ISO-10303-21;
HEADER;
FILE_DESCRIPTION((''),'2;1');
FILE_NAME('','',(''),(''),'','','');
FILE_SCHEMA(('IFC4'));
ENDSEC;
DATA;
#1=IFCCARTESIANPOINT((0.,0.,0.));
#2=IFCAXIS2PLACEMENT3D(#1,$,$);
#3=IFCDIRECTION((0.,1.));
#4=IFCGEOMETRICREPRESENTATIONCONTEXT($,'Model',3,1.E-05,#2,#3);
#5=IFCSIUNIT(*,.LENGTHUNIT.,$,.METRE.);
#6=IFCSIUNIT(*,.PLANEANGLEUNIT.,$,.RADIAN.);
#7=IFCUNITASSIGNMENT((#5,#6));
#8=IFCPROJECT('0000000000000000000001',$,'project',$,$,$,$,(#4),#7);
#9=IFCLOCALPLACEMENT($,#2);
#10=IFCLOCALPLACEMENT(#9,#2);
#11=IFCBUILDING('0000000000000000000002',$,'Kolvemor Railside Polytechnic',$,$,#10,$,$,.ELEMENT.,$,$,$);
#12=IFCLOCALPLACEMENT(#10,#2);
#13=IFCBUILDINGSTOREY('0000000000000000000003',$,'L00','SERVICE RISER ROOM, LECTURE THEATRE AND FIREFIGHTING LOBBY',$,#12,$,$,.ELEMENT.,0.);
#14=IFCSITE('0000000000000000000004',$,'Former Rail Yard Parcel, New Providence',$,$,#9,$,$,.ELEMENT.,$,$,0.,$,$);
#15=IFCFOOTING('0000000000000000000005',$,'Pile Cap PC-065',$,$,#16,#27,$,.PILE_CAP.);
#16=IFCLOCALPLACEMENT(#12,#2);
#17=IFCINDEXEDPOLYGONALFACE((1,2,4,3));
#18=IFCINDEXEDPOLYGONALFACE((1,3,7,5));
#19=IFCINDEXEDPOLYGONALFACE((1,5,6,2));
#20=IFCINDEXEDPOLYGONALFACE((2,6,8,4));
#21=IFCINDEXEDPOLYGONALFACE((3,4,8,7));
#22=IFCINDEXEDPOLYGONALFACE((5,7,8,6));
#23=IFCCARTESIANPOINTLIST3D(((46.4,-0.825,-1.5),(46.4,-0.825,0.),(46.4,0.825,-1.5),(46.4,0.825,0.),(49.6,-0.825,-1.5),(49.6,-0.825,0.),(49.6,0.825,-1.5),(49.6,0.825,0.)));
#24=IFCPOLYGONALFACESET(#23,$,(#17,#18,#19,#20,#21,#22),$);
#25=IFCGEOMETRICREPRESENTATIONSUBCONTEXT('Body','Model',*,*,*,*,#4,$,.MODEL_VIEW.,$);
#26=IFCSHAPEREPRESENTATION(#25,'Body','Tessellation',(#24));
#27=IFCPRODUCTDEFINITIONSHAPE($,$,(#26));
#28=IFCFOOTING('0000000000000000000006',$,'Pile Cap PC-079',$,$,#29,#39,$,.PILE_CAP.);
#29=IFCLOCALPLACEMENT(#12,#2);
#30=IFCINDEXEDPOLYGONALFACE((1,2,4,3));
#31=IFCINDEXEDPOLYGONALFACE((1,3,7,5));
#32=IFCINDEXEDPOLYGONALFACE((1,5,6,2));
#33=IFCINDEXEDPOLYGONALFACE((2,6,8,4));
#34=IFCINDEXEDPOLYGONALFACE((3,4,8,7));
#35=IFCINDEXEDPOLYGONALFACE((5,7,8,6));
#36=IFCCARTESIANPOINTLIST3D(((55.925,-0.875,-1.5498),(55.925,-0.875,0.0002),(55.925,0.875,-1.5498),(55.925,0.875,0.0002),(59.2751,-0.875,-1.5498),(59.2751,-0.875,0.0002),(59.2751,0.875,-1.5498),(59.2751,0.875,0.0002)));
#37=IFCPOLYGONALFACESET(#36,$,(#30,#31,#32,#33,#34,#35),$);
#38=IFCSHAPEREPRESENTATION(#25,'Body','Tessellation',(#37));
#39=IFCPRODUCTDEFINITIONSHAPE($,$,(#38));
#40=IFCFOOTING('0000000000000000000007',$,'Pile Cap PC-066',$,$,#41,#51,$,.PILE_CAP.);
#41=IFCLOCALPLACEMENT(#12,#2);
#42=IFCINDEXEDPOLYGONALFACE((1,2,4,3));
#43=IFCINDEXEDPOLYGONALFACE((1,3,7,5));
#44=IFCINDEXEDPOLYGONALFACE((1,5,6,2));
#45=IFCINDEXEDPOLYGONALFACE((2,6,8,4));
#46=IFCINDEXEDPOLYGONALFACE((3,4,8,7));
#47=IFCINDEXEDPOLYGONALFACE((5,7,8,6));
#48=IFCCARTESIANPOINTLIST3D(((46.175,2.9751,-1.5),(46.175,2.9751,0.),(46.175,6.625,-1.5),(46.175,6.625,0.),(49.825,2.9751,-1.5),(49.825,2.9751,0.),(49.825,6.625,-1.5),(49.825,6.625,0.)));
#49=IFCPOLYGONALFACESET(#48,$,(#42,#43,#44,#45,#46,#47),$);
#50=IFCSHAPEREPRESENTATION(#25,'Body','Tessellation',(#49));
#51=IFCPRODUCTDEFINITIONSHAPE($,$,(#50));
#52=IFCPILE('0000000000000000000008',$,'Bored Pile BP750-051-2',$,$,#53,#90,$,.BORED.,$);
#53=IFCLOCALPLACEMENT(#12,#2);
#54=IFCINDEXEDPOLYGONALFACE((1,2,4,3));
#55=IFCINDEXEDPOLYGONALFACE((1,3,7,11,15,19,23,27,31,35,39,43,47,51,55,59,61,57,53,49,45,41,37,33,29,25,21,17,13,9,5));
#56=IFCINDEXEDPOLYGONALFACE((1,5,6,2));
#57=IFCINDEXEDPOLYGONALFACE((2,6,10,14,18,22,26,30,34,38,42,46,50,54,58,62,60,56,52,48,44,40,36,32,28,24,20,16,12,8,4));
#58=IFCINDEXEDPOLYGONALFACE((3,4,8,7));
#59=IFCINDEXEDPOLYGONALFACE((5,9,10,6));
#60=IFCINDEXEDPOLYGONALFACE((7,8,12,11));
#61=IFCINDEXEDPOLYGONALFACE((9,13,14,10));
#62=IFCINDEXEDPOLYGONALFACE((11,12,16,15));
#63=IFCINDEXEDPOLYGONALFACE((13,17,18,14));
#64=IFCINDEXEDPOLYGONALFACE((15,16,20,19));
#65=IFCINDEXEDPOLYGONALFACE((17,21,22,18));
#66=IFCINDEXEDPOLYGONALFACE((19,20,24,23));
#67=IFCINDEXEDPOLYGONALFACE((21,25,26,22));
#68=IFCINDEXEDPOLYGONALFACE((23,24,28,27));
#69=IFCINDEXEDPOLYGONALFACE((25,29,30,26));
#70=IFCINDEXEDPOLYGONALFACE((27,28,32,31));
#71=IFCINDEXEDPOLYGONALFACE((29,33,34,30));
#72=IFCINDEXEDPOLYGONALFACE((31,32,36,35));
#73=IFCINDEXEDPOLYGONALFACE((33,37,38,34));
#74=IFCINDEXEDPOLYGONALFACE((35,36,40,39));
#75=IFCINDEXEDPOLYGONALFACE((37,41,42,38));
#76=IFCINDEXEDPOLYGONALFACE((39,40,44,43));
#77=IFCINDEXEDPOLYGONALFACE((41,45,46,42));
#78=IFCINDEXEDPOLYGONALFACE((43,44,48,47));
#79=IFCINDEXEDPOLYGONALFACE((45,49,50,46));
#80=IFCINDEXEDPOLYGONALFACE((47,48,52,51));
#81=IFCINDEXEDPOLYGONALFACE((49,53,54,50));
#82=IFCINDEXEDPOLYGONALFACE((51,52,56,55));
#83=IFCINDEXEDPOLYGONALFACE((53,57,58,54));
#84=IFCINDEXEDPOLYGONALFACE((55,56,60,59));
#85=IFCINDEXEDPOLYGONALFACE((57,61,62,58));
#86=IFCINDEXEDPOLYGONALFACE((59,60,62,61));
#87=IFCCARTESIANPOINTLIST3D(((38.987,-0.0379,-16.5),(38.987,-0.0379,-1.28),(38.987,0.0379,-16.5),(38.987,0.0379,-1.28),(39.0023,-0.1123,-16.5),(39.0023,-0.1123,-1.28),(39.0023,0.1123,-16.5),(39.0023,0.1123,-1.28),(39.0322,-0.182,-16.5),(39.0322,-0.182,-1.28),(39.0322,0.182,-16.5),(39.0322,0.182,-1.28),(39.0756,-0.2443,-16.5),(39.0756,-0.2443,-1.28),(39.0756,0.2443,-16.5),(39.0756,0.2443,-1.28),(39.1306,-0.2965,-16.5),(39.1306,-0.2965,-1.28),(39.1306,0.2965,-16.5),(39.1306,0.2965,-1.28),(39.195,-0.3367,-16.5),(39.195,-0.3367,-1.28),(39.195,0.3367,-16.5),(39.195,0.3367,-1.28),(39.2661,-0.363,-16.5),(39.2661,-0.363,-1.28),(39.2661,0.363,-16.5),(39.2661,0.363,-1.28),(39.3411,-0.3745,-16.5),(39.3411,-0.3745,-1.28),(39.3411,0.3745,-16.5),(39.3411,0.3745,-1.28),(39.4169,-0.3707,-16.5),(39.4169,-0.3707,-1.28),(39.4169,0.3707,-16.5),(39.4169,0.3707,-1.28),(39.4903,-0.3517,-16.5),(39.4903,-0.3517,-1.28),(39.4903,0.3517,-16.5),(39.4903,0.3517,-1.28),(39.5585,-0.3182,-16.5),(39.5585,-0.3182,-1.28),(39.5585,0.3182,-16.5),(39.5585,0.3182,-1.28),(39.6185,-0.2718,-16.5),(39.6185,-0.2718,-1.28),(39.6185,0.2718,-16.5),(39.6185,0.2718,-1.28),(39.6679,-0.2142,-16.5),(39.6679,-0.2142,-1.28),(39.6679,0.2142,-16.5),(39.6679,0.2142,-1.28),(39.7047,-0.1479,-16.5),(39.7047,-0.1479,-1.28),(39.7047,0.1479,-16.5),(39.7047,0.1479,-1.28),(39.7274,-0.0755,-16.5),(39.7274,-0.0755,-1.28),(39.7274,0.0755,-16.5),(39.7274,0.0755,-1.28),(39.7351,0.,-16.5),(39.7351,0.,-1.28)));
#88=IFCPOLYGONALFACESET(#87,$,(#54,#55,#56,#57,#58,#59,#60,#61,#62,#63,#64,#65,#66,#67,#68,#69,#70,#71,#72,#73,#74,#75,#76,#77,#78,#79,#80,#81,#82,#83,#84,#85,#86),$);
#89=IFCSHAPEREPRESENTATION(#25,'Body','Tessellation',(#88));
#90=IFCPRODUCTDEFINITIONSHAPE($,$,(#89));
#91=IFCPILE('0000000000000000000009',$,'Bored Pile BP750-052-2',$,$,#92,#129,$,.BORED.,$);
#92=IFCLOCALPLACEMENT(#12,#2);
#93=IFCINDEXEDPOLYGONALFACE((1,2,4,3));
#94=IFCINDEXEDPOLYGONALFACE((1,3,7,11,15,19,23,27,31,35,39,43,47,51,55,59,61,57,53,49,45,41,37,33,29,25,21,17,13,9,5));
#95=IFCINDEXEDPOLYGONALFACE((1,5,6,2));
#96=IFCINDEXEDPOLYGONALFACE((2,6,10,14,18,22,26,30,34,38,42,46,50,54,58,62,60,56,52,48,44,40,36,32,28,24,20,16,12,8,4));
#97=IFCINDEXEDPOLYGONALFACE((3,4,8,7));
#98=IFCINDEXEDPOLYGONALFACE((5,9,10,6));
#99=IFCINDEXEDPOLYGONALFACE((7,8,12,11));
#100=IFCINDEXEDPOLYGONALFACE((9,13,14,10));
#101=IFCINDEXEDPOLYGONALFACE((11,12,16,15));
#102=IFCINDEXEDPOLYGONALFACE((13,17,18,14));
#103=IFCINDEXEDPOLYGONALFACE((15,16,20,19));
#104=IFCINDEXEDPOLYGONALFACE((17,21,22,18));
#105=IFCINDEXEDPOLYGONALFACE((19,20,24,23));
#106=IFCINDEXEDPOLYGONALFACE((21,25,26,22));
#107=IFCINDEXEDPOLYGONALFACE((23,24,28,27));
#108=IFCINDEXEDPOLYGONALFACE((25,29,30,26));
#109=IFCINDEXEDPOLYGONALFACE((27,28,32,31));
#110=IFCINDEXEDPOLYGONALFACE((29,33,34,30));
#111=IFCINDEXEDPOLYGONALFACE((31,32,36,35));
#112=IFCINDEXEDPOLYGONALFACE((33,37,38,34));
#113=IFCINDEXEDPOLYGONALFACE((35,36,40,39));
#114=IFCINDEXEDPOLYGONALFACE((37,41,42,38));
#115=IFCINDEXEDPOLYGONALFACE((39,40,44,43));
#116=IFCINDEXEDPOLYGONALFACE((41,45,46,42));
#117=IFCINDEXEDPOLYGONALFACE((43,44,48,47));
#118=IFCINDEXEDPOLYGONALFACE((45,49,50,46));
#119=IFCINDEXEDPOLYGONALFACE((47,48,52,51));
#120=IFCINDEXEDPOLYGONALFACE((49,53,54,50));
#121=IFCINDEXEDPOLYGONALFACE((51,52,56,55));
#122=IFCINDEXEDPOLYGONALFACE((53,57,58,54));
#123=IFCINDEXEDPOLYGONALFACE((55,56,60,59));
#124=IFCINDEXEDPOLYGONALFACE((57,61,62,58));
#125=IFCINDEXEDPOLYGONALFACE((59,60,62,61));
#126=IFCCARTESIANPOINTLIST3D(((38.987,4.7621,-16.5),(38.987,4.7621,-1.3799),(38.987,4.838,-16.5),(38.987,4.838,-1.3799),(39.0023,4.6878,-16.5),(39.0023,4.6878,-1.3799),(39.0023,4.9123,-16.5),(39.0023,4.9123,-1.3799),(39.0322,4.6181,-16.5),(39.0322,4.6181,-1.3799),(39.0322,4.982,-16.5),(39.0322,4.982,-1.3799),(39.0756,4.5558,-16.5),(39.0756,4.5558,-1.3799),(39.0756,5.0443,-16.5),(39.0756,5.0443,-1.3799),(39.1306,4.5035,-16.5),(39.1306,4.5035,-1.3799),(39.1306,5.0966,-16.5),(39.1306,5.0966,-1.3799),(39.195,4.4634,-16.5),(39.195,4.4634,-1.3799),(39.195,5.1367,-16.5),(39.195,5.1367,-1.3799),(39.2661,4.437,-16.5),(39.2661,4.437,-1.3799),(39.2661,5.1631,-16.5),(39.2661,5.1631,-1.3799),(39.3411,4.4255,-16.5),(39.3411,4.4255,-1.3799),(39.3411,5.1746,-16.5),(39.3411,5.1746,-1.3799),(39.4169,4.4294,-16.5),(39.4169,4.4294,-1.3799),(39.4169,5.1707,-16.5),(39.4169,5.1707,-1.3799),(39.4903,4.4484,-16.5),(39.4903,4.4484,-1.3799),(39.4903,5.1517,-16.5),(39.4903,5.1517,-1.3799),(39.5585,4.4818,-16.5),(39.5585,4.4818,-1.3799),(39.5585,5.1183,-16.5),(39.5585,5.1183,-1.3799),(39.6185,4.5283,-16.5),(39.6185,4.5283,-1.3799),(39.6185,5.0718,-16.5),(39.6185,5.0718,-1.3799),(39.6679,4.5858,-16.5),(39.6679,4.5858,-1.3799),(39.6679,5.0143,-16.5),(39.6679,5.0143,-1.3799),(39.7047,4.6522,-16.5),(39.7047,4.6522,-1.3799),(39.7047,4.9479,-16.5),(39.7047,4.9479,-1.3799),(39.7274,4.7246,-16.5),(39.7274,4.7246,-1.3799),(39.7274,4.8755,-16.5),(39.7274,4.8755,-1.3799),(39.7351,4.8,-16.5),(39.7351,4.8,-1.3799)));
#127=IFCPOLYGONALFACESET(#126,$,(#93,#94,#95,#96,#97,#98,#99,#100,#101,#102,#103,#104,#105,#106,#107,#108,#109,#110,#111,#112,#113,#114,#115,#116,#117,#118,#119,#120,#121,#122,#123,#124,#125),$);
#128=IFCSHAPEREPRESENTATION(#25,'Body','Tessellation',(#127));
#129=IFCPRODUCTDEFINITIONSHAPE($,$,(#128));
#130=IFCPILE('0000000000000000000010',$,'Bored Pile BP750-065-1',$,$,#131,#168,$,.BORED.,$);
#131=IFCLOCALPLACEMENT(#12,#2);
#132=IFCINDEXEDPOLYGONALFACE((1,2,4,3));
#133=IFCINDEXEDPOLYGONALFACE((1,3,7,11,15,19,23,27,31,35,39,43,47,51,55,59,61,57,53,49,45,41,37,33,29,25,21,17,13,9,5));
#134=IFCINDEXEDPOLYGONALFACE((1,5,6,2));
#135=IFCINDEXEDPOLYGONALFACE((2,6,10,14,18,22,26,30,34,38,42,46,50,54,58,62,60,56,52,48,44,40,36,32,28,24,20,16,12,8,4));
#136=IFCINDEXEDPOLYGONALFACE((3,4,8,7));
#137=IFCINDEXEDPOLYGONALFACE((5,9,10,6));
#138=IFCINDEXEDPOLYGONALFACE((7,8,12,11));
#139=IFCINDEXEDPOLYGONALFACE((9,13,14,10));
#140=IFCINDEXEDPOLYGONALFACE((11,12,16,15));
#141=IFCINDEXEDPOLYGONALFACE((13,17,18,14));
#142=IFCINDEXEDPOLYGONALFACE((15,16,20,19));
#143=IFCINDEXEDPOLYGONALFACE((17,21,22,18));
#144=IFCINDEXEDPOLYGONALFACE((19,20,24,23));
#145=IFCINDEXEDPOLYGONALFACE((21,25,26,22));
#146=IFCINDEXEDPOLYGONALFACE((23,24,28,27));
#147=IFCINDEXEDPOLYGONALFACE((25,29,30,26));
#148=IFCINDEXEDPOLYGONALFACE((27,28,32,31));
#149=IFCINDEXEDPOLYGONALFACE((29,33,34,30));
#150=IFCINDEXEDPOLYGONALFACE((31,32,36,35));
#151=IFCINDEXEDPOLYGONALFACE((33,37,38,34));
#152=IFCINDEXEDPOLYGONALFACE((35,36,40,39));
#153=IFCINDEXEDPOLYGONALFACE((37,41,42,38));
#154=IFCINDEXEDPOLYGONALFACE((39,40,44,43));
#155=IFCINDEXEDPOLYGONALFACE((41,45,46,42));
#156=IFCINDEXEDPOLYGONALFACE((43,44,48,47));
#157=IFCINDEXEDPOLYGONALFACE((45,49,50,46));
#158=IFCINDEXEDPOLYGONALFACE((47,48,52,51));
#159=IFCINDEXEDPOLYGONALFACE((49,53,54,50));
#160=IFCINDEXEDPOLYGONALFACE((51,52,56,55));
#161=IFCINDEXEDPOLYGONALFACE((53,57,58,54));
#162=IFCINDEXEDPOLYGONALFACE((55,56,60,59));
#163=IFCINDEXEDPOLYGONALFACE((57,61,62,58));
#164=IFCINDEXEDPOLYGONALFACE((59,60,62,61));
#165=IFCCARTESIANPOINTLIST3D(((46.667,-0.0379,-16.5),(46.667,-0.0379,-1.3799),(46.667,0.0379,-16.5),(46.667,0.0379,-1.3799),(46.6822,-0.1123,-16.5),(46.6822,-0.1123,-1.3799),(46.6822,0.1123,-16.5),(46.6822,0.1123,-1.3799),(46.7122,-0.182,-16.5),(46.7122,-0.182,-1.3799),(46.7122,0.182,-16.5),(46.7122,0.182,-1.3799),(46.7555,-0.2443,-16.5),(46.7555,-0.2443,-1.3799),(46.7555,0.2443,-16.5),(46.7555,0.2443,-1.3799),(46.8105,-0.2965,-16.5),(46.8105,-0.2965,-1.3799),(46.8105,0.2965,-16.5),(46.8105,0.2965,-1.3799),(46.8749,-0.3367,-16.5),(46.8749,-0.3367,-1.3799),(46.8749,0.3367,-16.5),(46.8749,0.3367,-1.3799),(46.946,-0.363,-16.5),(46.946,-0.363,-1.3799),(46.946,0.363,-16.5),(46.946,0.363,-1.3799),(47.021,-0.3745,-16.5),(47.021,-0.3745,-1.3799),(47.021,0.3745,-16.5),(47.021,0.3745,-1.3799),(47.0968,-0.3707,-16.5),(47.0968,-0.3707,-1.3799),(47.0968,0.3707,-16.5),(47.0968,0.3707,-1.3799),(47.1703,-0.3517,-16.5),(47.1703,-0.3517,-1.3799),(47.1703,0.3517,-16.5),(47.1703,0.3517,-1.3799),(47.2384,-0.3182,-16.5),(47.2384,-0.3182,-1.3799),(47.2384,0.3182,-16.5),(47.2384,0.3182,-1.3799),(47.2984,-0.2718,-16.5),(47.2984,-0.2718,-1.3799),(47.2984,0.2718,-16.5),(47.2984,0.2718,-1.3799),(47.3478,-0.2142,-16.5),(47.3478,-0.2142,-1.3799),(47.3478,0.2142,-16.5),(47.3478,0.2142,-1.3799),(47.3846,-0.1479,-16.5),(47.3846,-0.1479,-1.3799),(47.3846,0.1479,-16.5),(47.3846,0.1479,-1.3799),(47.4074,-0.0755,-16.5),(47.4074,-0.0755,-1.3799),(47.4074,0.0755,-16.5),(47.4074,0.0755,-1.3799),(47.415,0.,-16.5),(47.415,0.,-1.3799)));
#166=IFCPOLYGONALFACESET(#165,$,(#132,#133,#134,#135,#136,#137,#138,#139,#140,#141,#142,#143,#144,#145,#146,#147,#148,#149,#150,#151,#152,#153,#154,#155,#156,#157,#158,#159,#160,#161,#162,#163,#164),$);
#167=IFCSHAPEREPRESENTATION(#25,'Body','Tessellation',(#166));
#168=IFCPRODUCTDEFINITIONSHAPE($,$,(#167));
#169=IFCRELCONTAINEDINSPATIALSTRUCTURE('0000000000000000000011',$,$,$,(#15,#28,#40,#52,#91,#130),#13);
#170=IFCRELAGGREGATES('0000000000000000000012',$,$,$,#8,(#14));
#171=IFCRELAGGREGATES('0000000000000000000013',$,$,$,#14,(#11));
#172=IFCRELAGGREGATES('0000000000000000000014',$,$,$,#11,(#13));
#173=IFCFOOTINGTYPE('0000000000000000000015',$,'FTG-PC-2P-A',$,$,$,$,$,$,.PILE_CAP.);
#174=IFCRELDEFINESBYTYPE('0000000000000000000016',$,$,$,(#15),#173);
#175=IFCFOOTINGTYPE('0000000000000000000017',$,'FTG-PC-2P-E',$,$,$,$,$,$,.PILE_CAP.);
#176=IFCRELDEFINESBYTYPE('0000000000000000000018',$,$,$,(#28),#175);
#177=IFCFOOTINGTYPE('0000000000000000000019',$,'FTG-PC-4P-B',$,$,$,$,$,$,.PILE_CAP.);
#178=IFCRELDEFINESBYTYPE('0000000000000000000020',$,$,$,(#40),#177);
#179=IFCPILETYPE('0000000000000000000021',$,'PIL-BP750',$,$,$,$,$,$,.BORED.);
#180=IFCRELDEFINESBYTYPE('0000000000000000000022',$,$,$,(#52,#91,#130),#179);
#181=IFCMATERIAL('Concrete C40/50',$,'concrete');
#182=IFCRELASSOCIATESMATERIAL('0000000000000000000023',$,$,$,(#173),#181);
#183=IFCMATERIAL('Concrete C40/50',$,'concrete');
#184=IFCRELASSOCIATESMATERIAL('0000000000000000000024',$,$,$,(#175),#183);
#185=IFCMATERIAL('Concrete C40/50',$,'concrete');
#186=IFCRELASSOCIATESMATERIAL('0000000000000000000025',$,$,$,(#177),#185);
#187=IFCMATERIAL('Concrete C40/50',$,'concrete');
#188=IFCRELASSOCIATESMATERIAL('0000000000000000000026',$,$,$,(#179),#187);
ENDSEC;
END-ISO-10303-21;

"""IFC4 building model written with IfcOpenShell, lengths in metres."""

from ifc_helpers import new_model, si_unit, direction, frame, origin, origin_2d, place, context, subcontext, project, spatial, rectangle, circle, extrude, material, material_profile, profile_set, type_object, element, save


model = new_model("IFC4")

# Units and contexts
model_context = context("Model", 3, precision=1e-05, world=origin(), true_north=direction((0.0, 1.0)))
body_context = subcontext(model_context, "Body", "Model", "MODEL_VIEW")
ifc_project = project(units=[si_unit("LENGTHUNIT", "METRE"), si_unit("PLANEANGLEUNIT", "RADIAN")], contexts=[model_context])

# Site, building, storey
site_placement = place(None, origin())
site = spatial("IfcSite", under=ifc_project, at=site_placement, Name="Former Rail Yard Parcel, New Providence", CompositionType="ELEMENT", RefElevation=0.0)
building_placement = place(site_placement, origin())
building = spatial("IfcBuilding", under=site, at=building_placement, Name="Kolvemor Railside Polytechnic", CompositionType="ELEMENT")
storey_placement = place(building_placement, origin())
storey = spatial("IfcBuildingStorey", under=building, at=storey_placement, Name="L00", Description="SERVICE RISER ROOM, LECTURE THEATRE AND FIREFIGHTING LOBBY", CompositionType="ELEMENT", Elevation=0.0)

# Footings
ifc_material_1 = material(Name="Concrete C40/50", Category="concrete")
footing_type_1 = type_object("IfcFootingType", Name="FTG-PC-2P-A", PredefinedType="PILE_CAP", material=ifc_material_1)
footing_1_placement = place(storey_placement, frame((48.0, 0.0, -1.5), z_axis=(0.0, 0.0, 1.0), x_axis=(1.0, 0.0, 0.0)))
element("IfcFooting", 1, at=footing_1_placement, inside=storey, type_object=footing_type_1, Name="Pile Cap PC-065", PredefinedType="PILE_CAP", context=body_context, shape_type="SweptSolid", body=[
    extrude(rectangle(XDim=3.2, YDim=1.6499, at=origin_2d()), origin(), (0.0, 0.0, 1.0), 1.5),
])
ifc_material_2 = material(Name="Concrete C40/50", Category="concrete")
footing_type_2 = type_object("IfcFootingType", Name="FTG-PC-2P-E", PredefinedType="PILE_CAP", material=ifc_material_2)
footing_2_placement = place(storey_placement, frame((57.6001, 0.0, -1.5498), z_axis=(0.0, 0.0, 1.0), x_axis=(1.0, 0.0, 0.0)))
element("IfcFooting", 2, at=footing_2_placement, inside=storey, type_object=footing_type_2, Name="Pile Cap PC-079", PredefinedType="PILE_CAP", context=body_context, shape_type="SweptSolid", body=[
    extrude(rectangle(XDim=3.3501, YDim=1.75, at=origin_2d()), origin(), (0.0, 0.0, 1.0), 1.55),
])
ifc_material_3 = material(Name="Concrete C40/50", Category="concrete")
footing_type_3 = type_object("IfcFootingType", Name="FTG-PC-4P-B", PredefinedType="PILE_CAP", material=ifc_material_3)
footing_3_placement = place(storey_placement, frame((48.0, 4.8, -1.5), z_axis=(0.0, 0.0, 1.0), x_axis=(1.0, 0.0, 0.0)))
element("IfcFooting", 3, at=footing_3_placement, inside=storey, type_object=footing_type_3, Name="Pile Cap PC-066", PredefinedType="PILE_CAP", context=body_context, shape_type="SweptSolid", body=[
    extrude(rectangle(XDim=3.6499, YDim=3.6499, at=origin_2d()), origin(), (0.0, 0.0, 1.0), 1.5),
])

# Piles
ifc_material_4 = material(Name="Concrete C40/50", Category="concrete")
ifc_material_profile_1 = material_profile(ifc_material_4, circle(Radius=0.375, at=origin_2d()), Name="BP750")
ifc_profile_set_1 = profile_set([ifc_material_profile_1], Name="Concrete C40/50")
pile_type_1 = type_object("IfcPileType", Name="PIL-BP750", PredefinedType="BORED", material=ifc_profile_set_1)
pile_1_placement = place(storey_placement, frame((39.3601, 0.0, -1.28), z_axis=(0.0, 0.0, -1.0), x_axis=(1.0, 0.0, 0.0)))
element("IfcPile", 4, at=pile_1_placement, inside=storey, type_object=pile_type_1, Name="Bored Pile BP750-051-2", PredefinedType="BORED", context=body_context, shape_type="SweptSolid", body=[
    extrude(circle(Radius=0.375, at=origin_2d()), origin(), (0.0, 0.0, 1.0), 15.22),
])
for number, where, z_axis, x_axis, name in (
    (5, (39.3601, 4.8, -1.3799), (0.0, 0.0, -1.0), (1.0, 0.0, 0.0), "Bored Pile BP750-052-2"),
    (6, (47.04, 0.0, -1.3799), (0.0, 0.0, -1.0), (1.0, 0.0, 0.0), "Bored Pile BP750-065-1"),
):
    element("IfcPile", number, at=place(storey_placement, frame(where, z_axis=z_axis, x_axis=x_axis)), inside=storey, type_object=pile_type_1, Name=name, PredefinedType="BORED", context=body_context, shape_type="SweptSolid", body=[
        extrude(circle(Radius=0.375, at=origin_2d()), origin(), (0.0, 0.0, 1.0), 15.1201),
    ])

save(model, "model.ifc")
